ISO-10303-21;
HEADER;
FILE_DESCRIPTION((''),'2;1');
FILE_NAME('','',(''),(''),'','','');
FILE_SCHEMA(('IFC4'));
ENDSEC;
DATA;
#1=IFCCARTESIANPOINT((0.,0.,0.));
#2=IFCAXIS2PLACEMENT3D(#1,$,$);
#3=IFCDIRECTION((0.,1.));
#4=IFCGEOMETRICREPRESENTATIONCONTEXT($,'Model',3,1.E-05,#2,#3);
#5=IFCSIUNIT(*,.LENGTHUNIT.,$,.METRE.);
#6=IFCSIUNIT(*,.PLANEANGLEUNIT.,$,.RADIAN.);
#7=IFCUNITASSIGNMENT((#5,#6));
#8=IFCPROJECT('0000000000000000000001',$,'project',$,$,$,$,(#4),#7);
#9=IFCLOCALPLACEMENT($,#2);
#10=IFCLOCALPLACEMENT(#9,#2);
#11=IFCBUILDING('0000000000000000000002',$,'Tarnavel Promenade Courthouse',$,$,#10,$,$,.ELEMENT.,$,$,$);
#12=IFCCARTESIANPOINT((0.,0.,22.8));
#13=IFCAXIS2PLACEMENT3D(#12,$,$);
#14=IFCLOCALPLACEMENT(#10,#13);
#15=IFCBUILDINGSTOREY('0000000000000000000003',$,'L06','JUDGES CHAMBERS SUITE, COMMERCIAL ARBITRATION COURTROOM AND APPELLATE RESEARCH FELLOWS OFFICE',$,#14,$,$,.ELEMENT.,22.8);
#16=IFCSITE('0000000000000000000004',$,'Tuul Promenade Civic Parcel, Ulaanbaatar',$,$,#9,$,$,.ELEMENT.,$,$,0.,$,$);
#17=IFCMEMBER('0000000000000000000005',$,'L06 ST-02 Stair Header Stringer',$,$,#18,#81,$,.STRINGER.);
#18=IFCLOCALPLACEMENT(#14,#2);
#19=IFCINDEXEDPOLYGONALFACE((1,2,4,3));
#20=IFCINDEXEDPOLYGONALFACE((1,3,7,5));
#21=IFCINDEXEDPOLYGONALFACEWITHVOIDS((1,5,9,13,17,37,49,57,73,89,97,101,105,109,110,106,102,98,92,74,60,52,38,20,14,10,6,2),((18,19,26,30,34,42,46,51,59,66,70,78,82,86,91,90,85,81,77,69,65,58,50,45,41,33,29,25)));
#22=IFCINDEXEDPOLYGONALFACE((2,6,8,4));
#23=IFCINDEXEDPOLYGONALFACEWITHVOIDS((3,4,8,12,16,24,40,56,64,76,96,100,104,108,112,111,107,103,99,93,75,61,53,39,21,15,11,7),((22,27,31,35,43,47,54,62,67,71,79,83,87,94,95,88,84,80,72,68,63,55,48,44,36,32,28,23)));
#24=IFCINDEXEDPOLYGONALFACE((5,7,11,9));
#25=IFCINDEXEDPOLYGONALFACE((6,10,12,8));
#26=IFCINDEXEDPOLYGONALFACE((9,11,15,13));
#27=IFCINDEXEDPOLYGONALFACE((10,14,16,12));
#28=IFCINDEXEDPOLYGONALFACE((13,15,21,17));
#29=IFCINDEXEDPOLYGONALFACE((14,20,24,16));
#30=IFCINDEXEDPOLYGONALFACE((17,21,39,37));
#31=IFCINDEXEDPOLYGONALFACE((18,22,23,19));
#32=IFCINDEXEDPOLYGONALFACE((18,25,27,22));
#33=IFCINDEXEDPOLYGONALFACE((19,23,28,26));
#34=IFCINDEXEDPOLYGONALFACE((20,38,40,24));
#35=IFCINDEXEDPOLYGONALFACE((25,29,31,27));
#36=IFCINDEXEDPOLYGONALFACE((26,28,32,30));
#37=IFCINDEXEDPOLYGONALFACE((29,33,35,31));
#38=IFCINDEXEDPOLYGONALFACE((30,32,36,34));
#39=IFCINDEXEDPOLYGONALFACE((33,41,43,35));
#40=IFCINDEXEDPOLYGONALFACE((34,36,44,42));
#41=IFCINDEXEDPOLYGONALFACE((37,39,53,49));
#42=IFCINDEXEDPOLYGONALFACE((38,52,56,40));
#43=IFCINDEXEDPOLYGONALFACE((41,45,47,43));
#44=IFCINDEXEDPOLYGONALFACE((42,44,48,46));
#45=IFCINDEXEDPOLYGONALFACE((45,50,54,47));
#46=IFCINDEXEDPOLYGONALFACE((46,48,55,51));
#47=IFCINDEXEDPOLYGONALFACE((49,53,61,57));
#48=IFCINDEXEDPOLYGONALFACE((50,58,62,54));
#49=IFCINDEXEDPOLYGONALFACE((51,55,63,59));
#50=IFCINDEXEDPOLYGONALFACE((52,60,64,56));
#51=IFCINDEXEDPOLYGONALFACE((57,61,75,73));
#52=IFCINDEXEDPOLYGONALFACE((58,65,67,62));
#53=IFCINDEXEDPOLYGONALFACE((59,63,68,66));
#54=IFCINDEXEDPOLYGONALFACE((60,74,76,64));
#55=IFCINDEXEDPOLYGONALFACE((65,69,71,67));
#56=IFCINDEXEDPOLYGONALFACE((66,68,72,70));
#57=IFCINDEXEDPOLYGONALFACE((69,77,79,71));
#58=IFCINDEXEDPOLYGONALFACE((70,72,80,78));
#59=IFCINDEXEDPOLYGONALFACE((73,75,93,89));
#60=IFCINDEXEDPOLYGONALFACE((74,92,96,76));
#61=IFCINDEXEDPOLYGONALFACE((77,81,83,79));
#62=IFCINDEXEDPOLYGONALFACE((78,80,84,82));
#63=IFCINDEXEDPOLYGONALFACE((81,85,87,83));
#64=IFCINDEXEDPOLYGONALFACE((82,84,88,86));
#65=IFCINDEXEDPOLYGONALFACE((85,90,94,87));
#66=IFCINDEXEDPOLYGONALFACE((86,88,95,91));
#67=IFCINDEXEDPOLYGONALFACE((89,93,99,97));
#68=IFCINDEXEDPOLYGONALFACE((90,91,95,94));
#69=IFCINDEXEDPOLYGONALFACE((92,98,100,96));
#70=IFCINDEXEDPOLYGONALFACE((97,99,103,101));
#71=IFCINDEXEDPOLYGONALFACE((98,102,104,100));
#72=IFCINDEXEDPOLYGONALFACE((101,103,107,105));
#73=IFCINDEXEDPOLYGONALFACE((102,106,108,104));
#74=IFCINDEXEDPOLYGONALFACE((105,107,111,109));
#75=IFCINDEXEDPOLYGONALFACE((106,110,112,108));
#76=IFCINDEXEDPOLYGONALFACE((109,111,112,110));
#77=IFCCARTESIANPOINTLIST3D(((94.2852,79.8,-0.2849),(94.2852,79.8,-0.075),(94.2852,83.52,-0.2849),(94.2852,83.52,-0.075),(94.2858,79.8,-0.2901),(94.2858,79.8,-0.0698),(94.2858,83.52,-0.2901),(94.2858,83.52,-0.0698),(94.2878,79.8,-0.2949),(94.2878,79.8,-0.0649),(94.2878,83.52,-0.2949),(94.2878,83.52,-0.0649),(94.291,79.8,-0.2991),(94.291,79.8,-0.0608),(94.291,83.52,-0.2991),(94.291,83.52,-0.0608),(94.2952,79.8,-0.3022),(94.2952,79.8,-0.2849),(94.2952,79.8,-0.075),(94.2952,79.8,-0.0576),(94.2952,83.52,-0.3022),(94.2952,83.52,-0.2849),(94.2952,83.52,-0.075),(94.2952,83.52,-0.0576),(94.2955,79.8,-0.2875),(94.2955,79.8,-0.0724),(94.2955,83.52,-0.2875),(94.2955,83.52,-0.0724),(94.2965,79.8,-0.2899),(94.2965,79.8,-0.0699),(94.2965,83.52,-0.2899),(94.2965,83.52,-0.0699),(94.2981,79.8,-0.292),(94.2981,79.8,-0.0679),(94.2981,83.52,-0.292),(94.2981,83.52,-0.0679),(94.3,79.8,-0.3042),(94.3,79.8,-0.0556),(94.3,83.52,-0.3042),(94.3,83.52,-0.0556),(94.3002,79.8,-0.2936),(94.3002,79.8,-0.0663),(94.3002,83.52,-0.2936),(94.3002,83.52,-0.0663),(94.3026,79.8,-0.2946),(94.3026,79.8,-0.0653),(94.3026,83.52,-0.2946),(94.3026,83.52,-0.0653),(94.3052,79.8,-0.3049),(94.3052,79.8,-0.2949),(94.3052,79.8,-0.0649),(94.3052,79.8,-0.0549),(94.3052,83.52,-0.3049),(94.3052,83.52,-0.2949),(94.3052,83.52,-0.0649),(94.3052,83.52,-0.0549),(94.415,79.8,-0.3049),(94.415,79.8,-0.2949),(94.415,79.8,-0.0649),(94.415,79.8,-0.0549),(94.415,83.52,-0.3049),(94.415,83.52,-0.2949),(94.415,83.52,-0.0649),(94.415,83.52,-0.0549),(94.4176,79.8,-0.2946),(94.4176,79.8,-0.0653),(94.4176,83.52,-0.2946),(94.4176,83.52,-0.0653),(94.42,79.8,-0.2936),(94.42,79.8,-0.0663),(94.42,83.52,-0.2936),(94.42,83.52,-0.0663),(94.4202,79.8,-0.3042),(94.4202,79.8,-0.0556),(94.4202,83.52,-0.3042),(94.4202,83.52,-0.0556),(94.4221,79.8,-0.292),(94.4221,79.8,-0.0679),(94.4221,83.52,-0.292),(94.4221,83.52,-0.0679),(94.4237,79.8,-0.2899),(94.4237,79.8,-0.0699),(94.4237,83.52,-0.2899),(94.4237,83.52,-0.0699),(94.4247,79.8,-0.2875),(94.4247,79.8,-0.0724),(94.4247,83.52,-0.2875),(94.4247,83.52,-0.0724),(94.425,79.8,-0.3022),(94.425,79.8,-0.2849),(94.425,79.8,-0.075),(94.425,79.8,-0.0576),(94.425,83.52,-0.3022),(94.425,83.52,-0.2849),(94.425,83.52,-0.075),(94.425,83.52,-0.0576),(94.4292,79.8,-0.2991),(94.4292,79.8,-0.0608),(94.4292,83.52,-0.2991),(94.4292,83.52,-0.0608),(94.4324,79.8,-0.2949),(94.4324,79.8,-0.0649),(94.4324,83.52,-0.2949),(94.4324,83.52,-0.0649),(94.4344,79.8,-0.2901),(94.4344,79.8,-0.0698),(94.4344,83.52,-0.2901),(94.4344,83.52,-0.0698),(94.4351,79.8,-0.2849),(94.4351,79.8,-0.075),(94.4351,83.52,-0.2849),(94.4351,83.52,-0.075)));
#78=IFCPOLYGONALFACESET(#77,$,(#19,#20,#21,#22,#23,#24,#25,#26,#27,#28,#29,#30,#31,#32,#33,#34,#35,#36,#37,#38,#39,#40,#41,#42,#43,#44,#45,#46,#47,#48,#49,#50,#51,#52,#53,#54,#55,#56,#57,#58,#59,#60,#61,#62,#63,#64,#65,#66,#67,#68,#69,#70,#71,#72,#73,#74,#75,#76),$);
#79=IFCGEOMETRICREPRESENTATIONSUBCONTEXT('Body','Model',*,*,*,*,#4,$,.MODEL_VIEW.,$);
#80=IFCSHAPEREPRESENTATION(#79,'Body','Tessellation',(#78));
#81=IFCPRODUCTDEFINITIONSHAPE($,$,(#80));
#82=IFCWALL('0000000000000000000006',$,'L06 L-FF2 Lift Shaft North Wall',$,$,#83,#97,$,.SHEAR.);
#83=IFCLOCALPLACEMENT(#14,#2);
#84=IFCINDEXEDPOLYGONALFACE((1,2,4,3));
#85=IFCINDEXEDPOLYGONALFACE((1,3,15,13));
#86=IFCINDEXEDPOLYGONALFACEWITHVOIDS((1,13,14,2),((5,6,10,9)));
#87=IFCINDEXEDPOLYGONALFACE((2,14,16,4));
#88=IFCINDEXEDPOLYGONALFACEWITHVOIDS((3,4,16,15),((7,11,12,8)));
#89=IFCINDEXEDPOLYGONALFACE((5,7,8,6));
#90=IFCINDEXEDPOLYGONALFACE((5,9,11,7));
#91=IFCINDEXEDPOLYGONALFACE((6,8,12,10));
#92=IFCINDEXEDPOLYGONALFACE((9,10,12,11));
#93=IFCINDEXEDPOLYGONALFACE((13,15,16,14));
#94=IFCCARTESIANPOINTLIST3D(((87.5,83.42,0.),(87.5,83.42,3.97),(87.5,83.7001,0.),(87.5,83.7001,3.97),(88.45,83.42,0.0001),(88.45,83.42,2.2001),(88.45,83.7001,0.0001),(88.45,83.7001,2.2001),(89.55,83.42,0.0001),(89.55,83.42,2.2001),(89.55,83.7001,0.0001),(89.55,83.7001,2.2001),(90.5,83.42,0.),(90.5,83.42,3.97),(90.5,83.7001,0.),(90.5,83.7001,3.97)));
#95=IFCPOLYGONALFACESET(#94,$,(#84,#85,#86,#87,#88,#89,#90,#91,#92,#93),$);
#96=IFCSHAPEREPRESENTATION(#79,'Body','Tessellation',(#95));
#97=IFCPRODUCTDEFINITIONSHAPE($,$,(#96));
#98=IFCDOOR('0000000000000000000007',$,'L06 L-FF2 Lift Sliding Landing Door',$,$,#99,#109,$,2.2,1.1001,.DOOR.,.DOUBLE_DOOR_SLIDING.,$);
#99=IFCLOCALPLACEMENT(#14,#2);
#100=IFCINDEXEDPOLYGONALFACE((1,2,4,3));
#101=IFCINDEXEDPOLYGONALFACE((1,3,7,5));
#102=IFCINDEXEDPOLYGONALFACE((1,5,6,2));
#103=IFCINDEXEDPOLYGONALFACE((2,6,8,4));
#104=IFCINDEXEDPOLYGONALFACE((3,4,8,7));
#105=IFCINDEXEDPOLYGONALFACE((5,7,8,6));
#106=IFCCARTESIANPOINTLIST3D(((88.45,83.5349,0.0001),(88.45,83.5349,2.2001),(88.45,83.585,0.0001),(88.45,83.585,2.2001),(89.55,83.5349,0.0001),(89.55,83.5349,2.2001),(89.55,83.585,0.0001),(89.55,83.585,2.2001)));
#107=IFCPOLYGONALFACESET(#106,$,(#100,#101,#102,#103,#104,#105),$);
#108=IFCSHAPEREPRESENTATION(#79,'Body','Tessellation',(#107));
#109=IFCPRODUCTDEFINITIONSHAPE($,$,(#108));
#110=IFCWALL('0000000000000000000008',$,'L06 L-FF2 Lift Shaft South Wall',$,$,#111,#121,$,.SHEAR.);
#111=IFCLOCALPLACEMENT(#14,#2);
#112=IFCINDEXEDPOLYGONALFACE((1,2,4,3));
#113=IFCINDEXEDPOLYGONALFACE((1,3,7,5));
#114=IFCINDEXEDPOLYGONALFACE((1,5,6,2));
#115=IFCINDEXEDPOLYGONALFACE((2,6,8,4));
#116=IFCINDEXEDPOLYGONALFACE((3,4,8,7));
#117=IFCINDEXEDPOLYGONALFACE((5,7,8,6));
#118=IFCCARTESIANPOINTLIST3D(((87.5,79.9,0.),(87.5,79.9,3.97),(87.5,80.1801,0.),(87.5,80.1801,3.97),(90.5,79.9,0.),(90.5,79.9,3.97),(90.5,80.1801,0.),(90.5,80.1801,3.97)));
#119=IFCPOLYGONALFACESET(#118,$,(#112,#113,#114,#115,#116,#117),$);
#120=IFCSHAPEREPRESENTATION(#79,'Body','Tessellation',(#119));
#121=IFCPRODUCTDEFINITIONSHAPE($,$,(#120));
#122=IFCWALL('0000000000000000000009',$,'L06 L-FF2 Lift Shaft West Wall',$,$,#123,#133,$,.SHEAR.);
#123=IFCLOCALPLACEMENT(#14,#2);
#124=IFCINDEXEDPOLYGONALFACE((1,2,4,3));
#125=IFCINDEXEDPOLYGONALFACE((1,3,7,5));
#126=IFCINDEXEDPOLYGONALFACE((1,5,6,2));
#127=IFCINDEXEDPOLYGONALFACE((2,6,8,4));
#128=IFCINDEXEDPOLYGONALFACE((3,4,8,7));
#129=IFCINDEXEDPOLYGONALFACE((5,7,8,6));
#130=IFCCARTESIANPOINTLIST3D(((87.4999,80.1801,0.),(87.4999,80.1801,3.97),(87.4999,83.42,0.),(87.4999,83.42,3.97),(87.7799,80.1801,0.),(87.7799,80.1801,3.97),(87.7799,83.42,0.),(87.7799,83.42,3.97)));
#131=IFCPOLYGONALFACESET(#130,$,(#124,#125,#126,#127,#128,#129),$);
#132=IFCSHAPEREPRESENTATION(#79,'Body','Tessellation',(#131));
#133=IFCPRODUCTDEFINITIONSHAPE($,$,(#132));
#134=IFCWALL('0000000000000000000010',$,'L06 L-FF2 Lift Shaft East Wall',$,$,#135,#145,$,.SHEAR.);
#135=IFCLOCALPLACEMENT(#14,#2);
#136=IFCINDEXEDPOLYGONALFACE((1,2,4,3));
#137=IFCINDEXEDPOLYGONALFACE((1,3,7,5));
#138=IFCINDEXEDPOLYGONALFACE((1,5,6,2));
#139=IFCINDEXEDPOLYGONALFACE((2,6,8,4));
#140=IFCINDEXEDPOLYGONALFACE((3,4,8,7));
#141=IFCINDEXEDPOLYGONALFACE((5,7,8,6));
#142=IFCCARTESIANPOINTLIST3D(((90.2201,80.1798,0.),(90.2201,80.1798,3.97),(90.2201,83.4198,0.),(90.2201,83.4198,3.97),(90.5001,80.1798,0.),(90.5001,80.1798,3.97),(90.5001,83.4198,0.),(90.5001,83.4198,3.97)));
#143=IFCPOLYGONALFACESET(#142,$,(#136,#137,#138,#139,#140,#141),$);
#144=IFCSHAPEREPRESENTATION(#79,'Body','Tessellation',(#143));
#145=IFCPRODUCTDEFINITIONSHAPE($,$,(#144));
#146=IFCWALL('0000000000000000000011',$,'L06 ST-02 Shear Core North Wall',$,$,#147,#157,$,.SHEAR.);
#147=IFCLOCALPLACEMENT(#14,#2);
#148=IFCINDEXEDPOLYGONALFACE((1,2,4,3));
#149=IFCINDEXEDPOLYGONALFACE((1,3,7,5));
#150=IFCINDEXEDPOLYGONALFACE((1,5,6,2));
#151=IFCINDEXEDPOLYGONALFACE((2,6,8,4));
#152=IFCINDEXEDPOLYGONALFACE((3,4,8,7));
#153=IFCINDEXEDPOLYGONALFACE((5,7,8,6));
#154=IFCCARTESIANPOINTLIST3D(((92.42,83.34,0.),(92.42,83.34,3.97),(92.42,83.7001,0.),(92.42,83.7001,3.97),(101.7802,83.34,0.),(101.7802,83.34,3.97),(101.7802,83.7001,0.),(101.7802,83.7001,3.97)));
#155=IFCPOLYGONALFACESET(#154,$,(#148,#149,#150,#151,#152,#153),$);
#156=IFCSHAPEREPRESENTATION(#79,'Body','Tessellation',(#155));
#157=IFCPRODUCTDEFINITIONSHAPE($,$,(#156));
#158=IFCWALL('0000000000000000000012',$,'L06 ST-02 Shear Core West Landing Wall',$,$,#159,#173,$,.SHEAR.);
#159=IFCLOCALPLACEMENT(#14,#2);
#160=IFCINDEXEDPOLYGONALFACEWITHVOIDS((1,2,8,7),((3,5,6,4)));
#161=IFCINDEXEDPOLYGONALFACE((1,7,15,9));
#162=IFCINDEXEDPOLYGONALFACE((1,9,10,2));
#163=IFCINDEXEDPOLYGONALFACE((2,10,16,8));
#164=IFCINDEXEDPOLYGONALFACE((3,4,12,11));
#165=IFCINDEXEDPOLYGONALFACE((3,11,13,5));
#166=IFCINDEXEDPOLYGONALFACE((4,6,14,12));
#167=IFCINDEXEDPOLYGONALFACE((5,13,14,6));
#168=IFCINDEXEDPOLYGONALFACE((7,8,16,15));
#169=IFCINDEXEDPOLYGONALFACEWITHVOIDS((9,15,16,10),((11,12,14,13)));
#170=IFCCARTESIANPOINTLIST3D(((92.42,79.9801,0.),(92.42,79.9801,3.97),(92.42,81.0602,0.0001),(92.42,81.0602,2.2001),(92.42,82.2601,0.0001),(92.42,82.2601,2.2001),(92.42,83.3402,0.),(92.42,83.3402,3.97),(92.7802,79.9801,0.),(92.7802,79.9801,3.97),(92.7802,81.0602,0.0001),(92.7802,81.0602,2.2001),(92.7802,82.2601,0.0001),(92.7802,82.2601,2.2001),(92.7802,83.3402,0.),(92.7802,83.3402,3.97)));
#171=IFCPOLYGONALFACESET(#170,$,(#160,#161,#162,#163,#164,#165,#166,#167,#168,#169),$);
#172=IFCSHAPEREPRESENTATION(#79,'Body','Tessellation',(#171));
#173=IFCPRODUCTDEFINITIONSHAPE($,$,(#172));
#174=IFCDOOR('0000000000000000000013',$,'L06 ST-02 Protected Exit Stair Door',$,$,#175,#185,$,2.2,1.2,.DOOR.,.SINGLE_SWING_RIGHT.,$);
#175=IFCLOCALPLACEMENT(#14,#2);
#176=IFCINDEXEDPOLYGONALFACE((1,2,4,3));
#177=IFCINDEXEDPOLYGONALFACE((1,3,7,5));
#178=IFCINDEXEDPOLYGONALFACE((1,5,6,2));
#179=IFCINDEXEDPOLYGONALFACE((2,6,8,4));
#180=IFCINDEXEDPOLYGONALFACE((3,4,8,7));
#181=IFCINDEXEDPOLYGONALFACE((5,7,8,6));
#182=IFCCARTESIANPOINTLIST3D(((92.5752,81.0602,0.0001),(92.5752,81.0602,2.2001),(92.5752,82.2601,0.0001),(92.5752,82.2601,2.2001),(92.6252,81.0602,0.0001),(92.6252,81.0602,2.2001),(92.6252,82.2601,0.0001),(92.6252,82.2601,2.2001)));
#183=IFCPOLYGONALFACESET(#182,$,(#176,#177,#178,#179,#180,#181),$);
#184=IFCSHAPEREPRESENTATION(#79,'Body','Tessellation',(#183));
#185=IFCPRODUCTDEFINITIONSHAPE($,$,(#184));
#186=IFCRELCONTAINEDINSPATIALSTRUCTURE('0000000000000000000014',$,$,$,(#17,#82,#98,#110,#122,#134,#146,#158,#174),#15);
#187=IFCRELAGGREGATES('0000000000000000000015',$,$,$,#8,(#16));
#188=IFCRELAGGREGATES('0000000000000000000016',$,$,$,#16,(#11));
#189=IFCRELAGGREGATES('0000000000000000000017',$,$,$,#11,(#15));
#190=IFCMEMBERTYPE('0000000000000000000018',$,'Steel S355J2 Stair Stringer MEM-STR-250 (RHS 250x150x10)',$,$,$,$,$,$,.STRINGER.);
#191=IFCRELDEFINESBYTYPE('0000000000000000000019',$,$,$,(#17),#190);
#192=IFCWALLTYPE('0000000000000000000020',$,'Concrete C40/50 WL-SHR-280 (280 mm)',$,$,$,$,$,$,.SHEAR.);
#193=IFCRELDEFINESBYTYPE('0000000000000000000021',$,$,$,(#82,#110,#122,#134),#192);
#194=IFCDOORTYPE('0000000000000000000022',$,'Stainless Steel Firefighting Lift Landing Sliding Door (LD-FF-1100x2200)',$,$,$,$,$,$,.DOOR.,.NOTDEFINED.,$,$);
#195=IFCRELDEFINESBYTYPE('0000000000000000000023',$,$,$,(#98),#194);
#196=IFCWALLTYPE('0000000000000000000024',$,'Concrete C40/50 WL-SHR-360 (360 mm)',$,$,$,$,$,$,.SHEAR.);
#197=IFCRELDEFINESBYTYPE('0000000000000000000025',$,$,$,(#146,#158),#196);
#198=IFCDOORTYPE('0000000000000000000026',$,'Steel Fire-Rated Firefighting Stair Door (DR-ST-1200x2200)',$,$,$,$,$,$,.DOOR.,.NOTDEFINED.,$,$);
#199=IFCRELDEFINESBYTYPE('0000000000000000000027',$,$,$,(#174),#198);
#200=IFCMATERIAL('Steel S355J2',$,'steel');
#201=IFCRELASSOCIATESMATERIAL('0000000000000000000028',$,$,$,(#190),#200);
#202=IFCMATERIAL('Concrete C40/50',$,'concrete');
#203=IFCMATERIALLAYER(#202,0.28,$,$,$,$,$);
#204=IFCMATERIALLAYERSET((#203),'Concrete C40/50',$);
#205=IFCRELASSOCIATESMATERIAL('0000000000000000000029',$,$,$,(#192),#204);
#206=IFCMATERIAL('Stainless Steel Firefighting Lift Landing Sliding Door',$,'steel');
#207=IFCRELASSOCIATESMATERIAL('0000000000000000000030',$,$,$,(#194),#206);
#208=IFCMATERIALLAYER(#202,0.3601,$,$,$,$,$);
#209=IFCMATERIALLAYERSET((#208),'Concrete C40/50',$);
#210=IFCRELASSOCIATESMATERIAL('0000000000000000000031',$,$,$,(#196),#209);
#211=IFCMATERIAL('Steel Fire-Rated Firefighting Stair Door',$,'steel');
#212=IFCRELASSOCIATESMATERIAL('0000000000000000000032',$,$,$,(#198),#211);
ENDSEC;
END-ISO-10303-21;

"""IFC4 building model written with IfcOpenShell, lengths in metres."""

from ifc_helpers import new_model, si_unit, direction, frame, frame_2d, origin, origin_2d, place, context, subcontext, project, spatial, rectangle, hollow_rectangle, extrude, material, layer, layer_set, material_profile, profile_set, type_object, element, fill, save


model = new_model("IFC4")

# Units and contexts
model_context = context("Model", 3, precision=1e-05, world=origin(), true_north=direction((0.0, 1.0)))
body_context = subcontext(model_context, "Body", "Model", "MODEL_VIEW")
ifc_project = project(units=[si_unit("LENGTHUNIT", "METRE"), si_unit("PLANEANGLEUNIT", "RADIAN")], contexts=[model_context])

# Site, building, storey
site_placement = place(None, origin())
site = spatial("IfcSite", under=ifc_project, at=site_placement, Name="Tuul Promenade Civic Parcel, Ulaanbaatar", CompositionType="ELEMENT", RefElevation=0.0)
building_placement = place(site_placement, origin())
building = spatial("IfcBuilding", under=site, at=building_placement, Name="Tarnavel Promenade Courthouse", CompositionType="ELEMENT")
storey_placement = place(building_placement, frame((0.0, 0.0, 22.8)))
storey = spatial("IfcBuildingStorey", under=building, at=storey_placement, Name="L06", Description="JUDGES CHAMBERS SUITE, COMMERCIAL ARBITRATION COURTROOM AND APPELLATE RESEARCH FELLOWS OFFICE", CompositionType="ELEMENT", Elevation=22.8)

# Shared definitions
ifc_material_1 = material(Name="Concrete C40/50", Category="concrete")

# Member
ifc_material_2 = material(Name="Steel S355J2", Category="steel")
ifc_material_profile_1 = material_profile(ifc_material_2, hollow_rectangle(XDim=0.1499, YDim=0.25, WallThickness=0.01, InnerFilletRadius=0.01, OuterFilletRadius=0.02, at=origin_2d()), Name="RHS 250x150x10")
ifc_profile_set_1 = profile_set([ifc_material_profile_1], Name="Steel S355J2")
member_type_1 = type_object("IfcMemberType", Name="Steel S355J2 Stair Stringer MEM-STR-250 (RHS 250x150x10)", PredefinedType="STRINGER", material=ifc_profile_set_1)
member_1_placement = place(storey_placement, frame((94.3601, 79.8, -0.1799), z_axis=(0.0, 1.0, 0.0), x_axis=(-1.0, 0.0, 0.0)))
element("IfcMember", 1, at=member_1_placement, inside=storey, type_object=member_type_1, Name="L06 ST-02 Stair Header Stringer", PredefinedType="STRINGER", context=body_context, shape_type="SweptSolid", body=[
    extrude(hollow_rectangle(XDim=0.1499, YDim=0.25, WallThickness=0.01, InnerFilletRadius=0.01, OuterFilletRadius=0.02, at=origin_2d()), origin(), (0.0, 0.0, 1.0), 3.72),
])

# Wall, opening, door
ifc_layer_1 = layer(ifc_material_1, 0.28)
ifc_layer_set_1 = layer_set([ifc_layer_1], Name="Concrete C40/50")
wall_type_1 = type_object("IfcWallType", Name="Concrete C40/50 WL-SHR-280 (280 mm)", PredefinedType="SHEAR", material=ifc_layer_set_1)
wall_1_placement = place(storey_placement, frame((87.5, 83.5601, 0.0), z_axis=(0.0, 0.0, 1.0), x_axis=(1.0, 0.0, 0.0)))
wall_1 = element("IfcWall", 2, at=wall_1_placement, inside=storey, type_object=wall_type_1, Name="L06 L-FF2 Lift Shaft North Wall", PredefinedType="SHEAR", context=body_context, shape_type="SweptSolid", body=[
    extrude(rectangle(XDim=3.0, YDim=0.28, at=frame_2d((1.5, 0.0))), origin(), (0.0, 0.0, 1.0), 3.97),
])
opening_1_placement = place(wall_1_placement, frame((0.95, 0.0, 0.0)))
opening_1 = element("IfcOpeningElement", 3, at=opening_1_placement, cuts=wall_1, PredefinedType="OPENING", context=body_context, shape_type="SweptSolid", body=[
    extrude(rectangle(XDim=1.1001, YDim=2.2, at=frame_2d((0.55, 1.1001))), frame((0.0, 0.1499, 0.0), z_axis=(0.0, -1.0, 0.0), x_axis=(1.0, 0.0, 0.0)), (0.0, 0.0, 1.0), 0.3),
])
ifc_material_3 = material(Name="Stainless Steel Firefighting Lift Landing Sliding Door", Category="steel")
door_type_1 = type_object("IfcDoorType", Name="Stainless Steel Firefighting Lift Landing Sliding Door (LD-FF-1100x2200)", OperationType="NOTDEFINED", PredefinedType="DOOR", material=ifc_material_3)
door_1_placement = place(opening_1_placement, origin())
door_1 = element("IfcDoor", 4, at=door_1_placement, inside=storey, type_object=door_type_1, Name="L06 L-FF2 Lift Sliding Landing Door", OperationType="DOUBLE_DOOR_SLIDING", OverallHeight=2.2, OverallWidth=1.1001, PredefinedType="DOOR", context=body_context, shape_type="SweptSolid", body=[
    extrude(rectangle(XDim=1.1001, YDim=2.2, at=frame_2d((0.55, 1.1001))), frame((0.0, 0.0249, 0.0), z_axis=(0.0, -1.0, 0.0), x_axis=(1.0, 0.0, 0.0)), (0.0, 0.0, 1.0), 0.05),
])
fill(opening_1, door_1)

# Walls
wall_2_placement = place(storey_placement, frame((90.5, 80.04, 0.0), z_axis=(0.0, 0.0, 1.0), x_axis=(-1.0, 0.0, 0.0)))
element("IfcWall", 5, at=wall_2_placement, inside=storey, type_object=wall_type_1, Name="L06 L-FF2 Lift Shaft South Wall", PredefinedType="SHEAR", context=body_context, shape_type="SweptSolid", body=[
    extrude(rectangle(XDim=3.0, YDim=0.28, at=frame_2d((1.5, 0.0))), origin(), (0.0, 0.0, 1.0), 3.97),
])
for number, where, z_axis, x_axis, name in (
    (6, (87.6399, 80.1799, 0.0), (0.0, 0.0, 1.0), (0.0, 1.0, 0.0), "L06 L-FF2 Lift Shaft West Wall"),
    (7, (90.3601, 83.4199, 0.0), (0.0, 0.0, 1.0), (0.0, -1.0, 0.0), "L06 L-FF2 Lift Shaft East Wall"),
):
    element("IfcWall", number, at=place(storey_placement, frame(where, z_axis=z_axis, x_axis=x_axis)), inside=storey, type_object=wall_type_1, Name=name, PredefinedType="SHEAR", context=body_context, shape_type="SweptSolid", body=[
        extrude(rectangle(XDim=3.24, YDim=0.28, at=frame_2d((1.6201, 0.0))), origin(), (0.0, 0.0, 1.0), 3.97),
    ])
ifc_layer_2 = layer(ifc_material_1, 0.3601)
ifc_layer_set_2 = layer_set([ifc_layer_2], Name="Concrete C40/50")
wall_type_2 = type_object("IfcWallType", Name="Concrete C40/50 WL-SHR-360 (360 mm)", PredefinedType="SHEAR", material=ifc_layer_set_2)
wall_3_placement = place(storey_placement, frame((92.4199, 83.52, 0.0), z_axis=(0.0, 0.0, 1.0), x_axis=(1.0, 0.0, 0.0)))
element("IfcWall", 8, at=wall_3_placement, inside=storey, type_object=wall_type_2, Name="L06 ST-02 Shear Core North Wall", PredefinedType="SHEAR", context=body_context, shape_type="SweptSolid", body=[
    extrude(rectangle(XDim=9.3601, YDim=0.3601, at=frame_2d((4.6802, 0.0))), origin(), (0.0, 0.0, 1.0), 3.97),
])

# Wall, opening, door
wall_4_placement = place(storey_placement, frame((92.6001, 79.98, 0.0), z_axis=(0.0, 0.0, 1.0), x_axis=(0.0, 1.0, 0.0)))
wall_4 = element("IfcWall", 9, at=wall_4_placement, inside=storey, type_object=wall_type_2, Name="L06 ST-02 Shear Core West Landing Wall", PredefinedType="SHEAR", context=body_context, shape_type="SweptSolid", body=[
    extrude(rectangle(XDim=3.3601, YDim=0.3601, at=frame_2d((1.6802, 0.0))), origin(), (0.0, 0.0, 1.0), 3.97),
])
opening_2_placement = place(wall_4_placement, frame((1.0801, 0.0, 0.0)))
opening_2 = element("IfcOpeningElement", 10, at=opening_2_placement, cuts=wall_4, PredefinedType="OPENING", context=body_context, shape_type="SweptSolid", body=[
    extrude(rectangle(XDim=1.2, YDim=2.2, at=frame_2d((0.6001, 1.1001))), frame((0.0, 0.1899, 0.0), z_axis=(0.0, -1.0, 0.0), x_axis=(1.0, 0.0, 0.0)), (0.0, 0.0, 1.0), 0.3801),
])
ifc_material_4 = material(Name="Steel Fire-Rated Firefighting Stair Door", Category="steel")
door_type_2 = type_object("IfcDoorType", Name="Steel Fire-Rated Firefighting Stair Door (DR-ST-1200x2200)", OperationType="NOTDEFINED", PredefinedType="DOOR", material=ifc_material_4)
door_2_placement = place(opening_2_placement, origin())
door_2 = element("IfcDoor", 11, at=door_2_placement, inside=storey, type_object=door_type_2, Name="L06 ST-02 Protected Exit Stair Door", OperationType="SINGLE_SWING_RIGHT", OverallHeight=2.2, OverallWidth=1.2, PredefinedType="DOOR", context=body_context, shape_type="SweptSolid", body=[
    extrude(rectangle(XDim=1.2, YDim=2.2, at=frame_2d((0.6001, 1.1001))), frame((0.0, 0.0249, 0.0), z_axis=(0.0, -1.0, 0.0), x_axis=(1.0, 0.0, 0.0)), (0.0, 0.0, 1.0), 0.05),
])
fill(opening_2, door_2)

save(model, "model.ifc")
